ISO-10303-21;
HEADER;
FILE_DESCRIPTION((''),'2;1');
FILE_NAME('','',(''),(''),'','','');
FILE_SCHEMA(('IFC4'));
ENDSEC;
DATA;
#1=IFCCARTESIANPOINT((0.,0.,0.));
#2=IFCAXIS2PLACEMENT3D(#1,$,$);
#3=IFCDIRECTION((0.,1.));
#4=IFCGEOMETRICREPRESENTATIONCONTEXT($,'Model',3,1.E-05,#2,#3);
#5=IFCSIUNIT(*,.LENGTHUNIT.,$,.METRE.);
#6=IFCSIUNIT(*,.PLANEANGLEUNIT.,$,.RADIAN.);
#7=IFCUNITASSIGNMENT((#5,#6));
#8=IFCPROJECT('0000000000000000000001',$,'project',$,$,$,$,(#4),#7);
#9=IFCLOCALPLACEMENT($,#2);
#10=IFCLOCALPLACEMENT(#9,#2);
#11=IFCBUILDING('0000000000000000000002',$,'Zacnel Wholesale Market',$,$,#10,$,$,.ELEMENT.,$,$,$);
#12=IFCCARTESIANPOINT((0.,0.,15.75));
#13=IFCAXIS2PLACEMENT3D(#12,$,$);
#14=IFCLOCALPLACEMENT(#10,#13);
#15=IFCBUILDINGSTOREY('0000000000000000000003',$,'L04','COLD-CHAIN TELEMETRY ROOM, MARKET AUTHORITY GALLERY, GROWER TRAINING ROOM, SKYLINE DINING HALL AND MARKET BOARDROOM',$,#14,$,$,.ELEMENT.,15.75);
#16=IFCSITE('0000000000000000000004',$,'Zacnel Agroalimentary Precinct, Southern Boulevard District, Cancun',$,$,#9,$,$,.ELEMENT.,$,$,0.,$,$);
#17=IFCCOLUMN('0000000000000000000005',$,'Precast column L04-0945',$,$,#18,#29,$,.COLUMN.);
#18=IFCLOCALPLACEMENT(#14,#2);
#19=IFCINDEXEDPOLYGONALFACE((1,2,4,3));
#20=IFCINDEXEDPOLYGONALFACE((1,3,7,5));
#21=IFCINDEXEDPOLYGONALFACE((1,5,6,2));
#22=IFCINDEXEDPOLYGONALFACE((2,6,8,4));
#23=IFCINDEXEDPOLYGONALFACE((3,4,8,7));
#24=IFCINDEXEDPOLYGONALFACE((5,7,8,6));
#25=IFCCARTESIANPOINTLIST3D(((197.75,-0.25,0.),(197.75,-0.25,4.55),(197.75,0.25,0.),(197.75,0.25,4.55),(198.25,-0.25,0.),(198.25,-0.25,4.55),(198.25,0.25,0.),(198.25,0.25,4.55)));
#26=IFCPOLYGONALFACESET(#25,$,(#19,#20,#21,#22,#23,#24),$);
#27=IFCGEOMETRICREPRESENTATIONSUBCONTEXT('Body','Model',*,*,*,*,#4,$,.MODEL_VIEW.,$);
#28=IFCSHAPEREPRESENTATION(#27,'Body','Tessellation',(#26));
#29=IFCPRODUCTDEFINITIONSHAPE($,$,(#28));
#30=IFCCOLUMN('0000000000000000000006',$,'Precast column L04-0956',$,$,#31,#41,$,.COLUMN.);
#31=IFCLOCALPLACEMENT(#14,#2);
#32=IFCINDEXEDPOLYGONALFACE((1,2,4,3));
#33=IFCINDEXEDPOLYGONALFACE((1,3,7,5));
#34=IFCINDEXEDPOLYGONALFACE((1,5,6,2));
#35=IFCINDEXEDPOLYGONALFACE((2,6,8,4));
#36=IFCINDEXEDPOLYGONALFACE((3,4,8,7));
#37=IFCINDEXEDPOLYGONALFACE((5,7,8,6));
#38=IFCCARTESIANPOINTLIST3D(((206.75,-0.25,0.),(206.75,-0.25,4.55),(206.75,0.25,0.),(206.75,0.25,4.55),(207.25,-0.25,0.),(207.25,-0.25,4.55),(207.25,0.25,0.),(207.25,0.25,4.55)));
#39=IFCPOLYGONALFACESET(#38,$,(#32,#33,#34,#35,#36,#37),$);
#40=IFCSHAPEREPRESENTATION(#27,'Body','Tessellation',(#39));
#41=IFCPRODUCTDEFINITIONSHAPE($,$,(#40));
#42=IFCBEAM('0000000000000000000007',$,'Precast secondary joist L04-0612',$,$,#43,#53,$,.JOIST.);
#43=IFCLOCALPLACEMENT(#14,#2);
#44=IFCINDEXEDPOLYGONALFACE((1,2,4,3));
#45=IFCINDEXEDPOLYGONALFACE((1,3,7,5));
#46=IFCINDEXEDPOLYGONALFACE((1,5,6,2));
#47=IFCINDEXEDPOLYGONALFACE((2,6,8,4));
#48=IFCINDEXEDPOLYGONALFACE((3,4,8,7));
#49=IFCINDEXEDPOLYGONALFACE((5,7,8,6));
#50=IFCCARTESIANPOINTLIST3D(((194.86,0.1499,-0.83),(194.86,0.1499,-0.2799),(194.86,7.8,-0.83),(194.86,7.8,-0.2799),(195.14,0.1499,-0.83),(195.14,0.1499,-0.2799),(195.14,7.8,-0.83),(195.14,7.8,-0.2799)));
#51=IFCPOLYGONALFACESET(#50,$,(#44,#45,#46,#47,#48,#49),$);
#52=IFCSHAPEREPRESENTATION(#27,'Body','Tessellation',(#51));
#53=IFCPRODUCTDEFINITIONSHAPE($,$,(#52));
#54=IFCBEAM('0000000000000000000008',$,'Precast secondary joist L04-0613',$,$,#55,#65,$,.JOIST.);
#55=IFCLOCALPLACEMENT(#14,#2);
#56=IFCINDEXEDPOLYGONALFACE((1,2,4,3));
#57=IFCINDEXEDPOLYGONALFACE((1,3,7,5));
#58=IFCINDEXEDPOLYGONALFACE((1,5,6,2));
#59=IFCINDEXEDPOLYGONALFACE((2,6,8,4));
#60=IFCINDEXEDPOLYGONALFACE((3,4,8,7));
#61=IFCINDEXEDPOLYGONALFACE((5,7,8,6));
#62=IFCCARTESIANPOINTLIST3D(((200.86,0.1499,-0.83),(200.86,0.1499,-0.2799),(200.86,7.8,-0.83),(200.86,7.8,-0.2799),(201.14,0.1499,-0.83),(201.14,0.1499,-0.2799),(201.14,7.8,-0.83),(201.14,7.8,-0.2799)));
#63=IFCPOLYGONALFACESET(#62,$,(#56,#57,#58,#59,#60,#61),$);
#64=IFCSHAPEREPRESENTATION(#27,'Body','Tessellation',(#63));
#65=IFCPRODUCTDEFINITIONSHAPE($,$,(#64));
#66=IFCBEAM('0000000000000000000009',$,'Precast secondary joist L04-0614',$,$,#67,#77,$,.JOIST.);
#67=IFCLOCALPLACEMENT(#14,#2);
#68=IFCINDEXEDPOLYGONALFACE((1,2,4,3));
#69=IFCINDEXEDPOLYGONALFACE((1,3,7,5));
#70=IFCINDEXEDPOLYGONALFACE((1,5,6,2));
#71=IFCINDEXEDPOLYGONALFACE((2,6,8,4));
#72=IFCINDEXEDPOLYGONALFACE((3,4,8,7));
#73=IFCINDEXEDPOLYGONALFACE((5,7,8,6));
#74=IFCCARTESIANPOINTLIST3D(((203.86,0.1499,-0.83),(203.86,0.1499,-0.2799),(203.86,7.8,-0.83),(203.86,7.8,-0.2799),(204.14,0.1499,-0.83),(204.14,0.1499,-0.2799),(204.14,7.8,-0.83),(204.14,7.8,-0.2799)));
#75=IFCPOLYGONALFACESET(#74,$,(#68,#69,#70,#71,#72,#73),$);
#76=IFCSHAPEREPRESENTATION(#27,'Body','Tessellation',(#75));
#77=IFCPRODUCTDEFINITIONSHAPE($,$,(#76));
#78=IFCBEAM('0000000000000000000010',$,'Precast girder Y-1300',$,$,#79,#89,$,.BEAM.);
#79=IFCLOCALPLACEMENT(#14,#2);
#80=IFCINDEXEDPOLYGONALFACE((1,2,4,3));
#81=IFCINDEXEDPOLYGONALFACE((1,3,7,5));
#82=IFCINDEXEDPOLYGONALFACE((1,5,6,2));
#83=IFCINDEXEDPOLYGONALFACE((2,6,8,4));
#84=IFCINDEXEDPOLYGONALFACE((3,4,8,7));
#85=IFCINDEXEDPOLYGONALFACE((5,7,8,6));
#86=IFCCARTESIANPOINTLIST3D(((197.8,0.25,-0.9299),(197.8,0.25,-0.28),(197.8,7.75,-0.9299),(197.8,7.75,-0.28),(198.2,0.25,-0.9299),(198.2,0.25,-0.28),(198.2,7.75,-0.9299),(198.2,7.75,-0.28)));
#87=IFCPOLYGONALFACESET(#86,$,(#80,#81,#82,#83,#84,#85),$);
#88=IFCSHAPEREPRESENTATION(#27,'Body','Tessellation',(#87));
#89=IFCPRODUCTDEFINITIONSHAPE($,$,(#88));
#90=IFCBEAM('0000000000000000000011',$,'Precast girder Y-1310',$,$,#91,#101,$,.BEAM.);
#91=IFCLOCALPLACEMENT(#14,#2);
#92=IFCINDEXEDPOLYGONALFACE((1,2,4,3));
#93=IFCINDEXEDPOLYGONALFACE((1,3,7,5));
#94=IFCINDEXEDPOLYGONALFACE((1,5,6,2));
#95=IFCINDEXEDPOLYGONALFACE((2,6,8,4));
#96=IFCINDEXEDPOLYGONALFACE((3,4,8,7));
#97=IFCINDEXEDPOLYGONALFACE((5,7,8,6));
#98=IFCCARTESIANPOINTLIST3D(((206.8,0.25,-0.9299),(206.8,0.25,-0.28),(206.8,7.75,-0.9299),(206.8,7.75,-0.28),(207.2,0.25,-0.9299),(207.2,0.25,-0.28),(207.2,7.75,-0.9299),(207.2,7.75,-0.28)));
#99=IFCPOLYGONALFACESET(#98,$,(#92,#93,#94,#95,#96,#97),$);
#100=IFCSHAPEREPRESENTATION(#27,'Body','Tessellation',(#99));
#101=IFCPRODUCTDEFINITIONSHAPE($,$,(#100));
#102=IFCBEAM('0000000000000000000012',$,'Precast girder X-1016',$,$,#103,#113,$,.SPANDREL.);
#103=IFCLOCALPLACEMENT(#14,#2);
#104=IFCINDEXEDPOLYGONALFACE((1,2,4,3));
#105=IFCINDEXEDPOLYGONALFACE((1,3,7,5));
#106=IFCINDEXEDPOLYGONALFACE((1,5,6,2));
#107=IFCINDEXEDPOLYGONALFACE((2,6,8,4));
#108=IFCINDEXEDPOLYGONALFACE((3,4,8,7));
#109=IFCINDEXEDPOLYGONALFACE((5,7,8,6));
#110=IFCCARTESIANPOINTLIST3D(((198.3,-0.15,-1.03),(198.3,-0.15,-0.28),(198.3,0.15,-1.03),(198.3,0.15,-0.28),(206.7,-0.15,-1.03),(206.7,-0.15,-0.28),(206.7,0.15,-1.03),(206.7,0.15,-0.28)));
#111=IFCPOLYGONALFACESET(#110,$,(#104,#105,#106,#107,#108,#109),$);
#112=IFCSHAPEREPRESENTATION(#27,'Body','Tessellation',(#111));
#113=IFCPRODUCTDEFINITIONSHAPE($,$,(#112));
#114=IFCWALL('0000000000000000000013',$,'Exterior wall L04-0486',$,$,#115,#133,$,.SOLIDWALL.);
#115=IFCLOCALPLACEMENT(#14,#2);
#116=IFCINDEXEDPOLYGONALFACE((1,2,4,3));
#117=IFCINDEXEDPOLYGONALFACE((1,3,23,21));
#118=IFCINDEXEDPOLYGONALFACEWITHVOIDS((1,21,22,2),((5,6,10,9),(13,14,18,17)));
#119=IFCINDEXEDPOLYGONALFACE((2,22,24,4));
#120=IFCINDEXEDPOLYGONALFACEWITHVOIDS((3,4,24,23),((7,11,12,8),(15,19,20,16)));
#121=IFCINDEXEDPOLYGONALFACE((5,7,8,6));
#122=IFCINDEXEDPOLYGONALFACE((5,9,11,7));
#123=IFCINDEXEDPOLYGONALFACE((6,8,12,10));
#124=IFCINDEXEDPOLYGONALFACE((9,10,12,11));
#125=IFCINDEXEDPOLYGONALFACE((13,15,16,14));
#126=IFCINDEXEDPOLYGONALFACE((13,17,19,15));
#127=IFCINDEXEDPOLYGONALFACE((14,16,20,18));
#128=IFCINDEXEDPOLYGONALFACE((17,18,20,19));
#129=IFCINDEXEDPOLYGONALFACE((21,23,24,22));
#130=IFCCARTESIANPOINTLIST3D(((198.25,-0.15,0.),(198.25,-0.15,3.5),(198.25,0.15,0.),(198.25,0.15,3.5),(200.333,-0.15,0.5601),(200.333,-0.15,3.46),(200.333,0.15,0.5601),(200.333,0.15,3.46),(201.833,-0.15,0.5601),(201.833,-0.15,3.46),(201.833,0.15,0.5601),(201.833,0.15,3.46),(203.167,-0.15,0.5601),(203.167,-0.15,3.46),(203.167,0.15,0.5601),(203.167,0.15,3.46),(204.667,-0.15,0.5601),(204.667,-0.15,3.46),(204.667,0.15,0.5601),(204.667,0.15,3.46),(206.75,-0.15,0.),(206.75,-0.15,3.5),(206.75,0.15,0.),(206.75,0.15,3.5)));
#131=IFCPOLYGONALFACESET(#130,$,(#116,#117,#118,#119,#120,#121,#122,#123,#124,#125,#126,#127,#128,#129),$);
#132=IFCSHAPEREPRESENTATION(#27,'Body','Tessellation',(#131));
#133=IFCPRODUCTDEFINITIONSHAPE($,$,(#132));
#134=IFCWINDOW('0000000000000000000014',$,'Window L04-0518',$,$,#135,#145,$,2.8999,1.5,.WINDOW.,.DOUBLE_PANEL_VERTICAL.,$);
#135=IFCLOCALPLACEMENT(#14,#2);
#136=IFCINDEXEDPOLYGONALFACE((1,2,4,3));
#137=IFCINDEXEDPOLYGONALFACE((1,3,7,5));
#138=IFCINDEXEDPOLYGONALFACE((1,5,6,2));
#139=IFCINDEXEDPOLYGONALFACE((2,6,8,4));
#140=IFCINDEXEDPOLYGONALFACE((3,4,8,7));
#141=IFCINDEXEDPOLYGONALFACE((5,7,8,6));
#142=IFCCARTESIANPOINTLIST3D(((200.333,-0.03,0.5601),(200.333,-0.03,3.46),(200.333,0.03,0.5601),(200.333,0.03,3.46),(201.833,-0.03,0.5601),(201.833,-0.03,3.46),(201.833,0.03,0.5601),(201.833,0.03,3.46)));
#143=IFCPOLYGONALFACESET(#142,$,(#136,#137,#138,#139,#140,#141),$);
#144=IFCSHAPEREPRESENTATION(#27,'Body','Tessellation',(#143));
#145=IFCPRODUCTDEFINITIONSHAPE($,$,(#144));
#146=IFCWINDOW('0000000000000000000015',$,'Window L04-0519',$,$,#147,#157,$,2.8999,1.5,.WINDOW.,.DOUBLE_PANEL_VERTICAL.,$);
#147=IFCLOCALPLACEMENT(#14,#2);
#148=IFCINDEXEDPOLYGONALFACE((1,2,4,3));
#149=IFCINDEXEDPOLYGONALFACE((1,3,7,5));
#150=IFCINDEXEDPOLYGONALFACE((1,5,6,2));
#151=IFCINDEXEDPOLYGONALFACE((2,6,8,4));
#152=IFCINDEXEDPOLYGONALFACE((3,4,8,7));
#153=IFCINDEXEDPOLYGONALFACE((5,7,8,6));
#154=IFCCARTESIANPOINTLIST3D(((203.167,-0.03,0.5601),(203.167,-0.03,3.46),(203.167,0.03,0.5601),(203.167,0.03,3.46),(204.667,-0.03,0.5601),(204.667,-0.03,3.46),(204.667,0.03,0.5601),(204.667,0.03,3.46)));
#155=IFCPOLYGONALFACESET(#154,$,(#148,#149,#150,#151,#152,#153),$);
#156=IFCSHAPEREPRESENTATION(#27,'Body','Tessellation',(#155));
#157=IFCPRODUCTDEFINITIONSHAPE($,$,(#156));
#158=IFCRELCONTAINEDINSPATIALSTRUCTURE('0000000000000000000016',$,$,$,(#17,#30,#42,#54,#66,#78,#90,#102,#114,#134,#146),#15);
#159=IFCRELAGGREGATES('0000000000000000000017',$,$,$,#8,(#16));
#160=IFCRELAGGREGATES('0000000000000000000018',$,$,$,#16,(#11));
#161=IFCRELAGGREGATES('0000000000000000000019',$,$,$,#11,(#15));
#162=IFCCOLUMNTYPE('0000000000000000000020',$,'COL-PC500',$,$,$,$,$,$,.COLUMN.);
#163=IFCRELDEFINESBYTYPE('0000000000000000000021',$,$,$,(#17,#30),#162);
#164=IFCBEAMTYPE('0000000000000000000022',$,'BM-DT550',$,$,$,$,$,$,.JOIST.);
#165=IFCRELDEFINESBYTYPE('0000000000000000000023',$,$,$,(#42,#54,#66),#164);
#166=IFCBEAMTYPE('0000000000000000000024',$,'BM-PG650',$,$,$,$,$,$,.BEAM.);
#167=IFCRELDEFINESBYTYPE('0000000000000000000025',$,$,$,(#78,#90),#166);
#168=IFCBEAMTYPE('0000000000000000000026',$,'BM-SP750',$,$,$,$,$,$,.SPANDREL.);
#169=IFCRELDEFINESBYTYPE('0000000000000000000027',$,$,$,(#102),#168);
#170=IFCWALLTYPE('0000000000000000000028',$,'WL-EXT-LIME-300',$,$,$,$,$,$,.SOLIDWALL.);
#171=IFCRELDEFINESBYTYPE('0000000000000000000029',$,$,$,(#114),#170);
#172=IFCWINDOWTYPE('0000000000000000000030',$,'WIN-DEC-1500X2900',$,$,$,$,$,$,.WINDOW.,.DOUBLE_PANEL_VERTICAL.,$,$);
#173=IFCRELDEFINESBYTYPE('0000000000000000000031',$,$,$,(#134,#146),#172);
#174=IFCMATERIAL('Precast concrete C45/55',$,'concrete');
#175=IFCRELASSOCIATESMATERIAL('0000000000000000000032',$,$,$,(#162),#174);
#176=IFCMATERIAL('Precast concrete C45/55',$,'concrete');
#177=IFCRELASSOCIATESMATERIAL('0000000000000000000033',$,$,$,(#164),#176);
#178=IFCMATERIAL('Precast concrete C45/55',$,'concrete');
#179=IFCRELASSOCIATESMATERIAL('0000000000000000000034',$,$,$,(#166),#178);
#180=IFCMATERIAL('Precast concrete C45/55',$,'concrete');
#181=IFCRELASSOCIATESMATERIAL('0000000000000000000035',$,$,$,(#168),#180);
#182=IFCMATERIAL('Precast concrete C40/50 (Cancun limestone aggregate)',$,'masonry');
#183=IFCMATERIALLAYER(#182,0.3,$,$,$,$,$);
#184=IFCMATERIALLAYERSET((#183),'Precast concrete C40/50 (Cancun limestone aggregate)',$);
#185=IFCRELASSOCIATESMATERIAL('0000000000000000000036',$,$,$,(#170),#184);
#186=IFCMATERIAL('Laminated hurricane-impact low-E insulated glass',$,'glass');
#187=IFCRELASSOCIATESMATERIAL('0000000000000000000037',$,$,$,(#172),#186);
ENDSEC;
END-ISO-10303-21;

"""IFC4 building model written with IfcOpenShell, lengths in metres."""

from ifc_helpers import new_model, si_unit, direction, frame, frame_2d, origin, origin_2d, place, context, subcontext, project, spatial, rectangle, extrude, material, layer, layer_set, material_profile, profile_set, type_object, element, fill, save


model = new_model("IFC4")

# Units and contexts
model_context = context("Model", 3, precision=1e-05, world=origin(), true_north=direction((0.0, 1.0)))
body_context = subcontext(model_context, "Body", "Model", "MODEL_VIEW")
ifc_project = project(units=[si_unit("LENGTHUNIT", "METRE"), si_unit("PLANEANGLEUNIT", "RADIAN")], contexts=[model_context])

# Site, building, storey
site_placement = place(None, origin())
site = spatial("IfcSite", under=ifc_project, at=site_placement, Name="Zacnel Agroalimentary Precinct, Southern Boulevard District, Cancun", CompositionType="ELEMENT", RefElevation=0.0)
building_placement = place(site_placement, origin())
building = spatial("IfcBuilding", under=site, at=building_placement, Name="Zacnel Wholesale Market", CompositionType="ELEMENT")
storey_placement = place(building_placement, frame((0.0, 0.0, 15.75)))
storey = spatial("IfcBuildingStorey", under=building, at=storey_placement, Name="L04", Description="COLD-CHAIN TELEMETRY ROOM, MARKET AUTHORITY GALLERY, GROWER TRAINING ROOM, SKYLINE DINING HALL AND MARKET BOARDROOM", CompositionType="ELEMENT", Elevation=15.75)

# Columns
ifc_material_1 = material(Name="Precast concrete C45/55", Category="concrete")
ifc_material_profile_1 = material_profile(ifc_material_1, rectangle(XDim=0.5, YDim=0.5, at=origin_2d()), Name="PC 500x500")
ifc_profile_set_1 = profile_set([ifc_material_profile_1], Name="Precast concrete C45/55")
column_type = type_object("IfcColumnType", Name="COL-PC500", PredefinedType="COLUMN", material=ifc_profile_set_1)
for number, where, z_axis, x_axis, name in (
    (1, (198.0, 0.0, 0.0), (0.0, 0.0, 1.0), (1.0, 0.0, 0.0), "Precast column L04-0945"),
    (2, (207.0, 0.0, 0.0), (0.0, 0.0, 1.0), (1.0, 0.0, 0.0), "Precast column L04-0956"),
):
    element("IfcColumn", number, at=place(storey_placement, frame(where, z_axis=z_axis, x_axis=x_axis)), inside=storey, type_object=column_type, Name=name, PredefinedType="COLUMN", context=body_context, shape_type="SweptSolid", body=[
        extrude(rectangle(XDim=0.5, YDim=0.5, at=origin_2d()), origin(), (0.0, 0.0, 1.0), 4.55),
    ])

# Beams
ifc_material_2 = material(Name="Precast concrete C45/55", Category="concrete")
ifc_material_profile_2 = material_profile(ifc_material_2, rectangle(XDim=0.28, YDim=0.55, at=origin_2d()), Name="DT RIB 280x550")
ifc_profile_set_2 = profile_set([ifc_material_profile_2], Name="Precast concrete C45/55")
beam_type_1 = type_object("IfcBeamType", Name="BM-DT550", PredefinedType="JOIST", material=ifc_profile_set_2)
for number, where, z_axis, x_axis, name in (
    (3, (195.0, 0.1499, -0.5549), (0.0, 1.0, 0.0), (-1.0, 0.0, 0.0), "Precast secondary joist L04-0612"),
    (4, (201.0, 0.1499, -0.5549), (0.0, 1.0, 0.0), (-1.0, 0.0, 0.0), "Precast secondary joist L04-0613"),
    (5, (204.0, 0.1499, -0.5549), (0.0, 1.0, 0.0), (-1.0, 0.0, 0.0), "Precast secondary joist L04-0614"),
):
    element("IfcBeam", number, at=place(storey_placement, frame(where, z_axis=z_axis, x_axis=x_axis)), inside=storey, type_object=beam_type_1, Name=name, PredefinedType="JOIST", context=body_context, shape_type="SweptSolid", body=[
        extrude(rectangle(XDim=0.28, YDim=0.55, at=origin_2d()), origin(), (0.0, 0.0, 1.0), 7.6501),
    ])
ifc_material_3 = material(Name="Precast concrete C45/55", Category="concrete")
ifc_material_profile_3 = material_profile(ifc_material_3, rectangle(XDim=0.3999, YDim=0.6499, at=origin_2d()), Name="PG 400x650")
ifc_profile_set_3 = profile_set([ifc_material_profile_3], Name="Precast concrete C45/55")
beam_type_2 = type_object("IfcBeamType", Name="BM-PG650", PredefinedType="BEAM", material=ifc_profile_set_3)
for number, where, z_axis, x_axis, name in (
    (6, (198.0, 0.25, -0.605), (0.0, 1.0, 0.0), (-1.0, 0.0, 0.0), "Precast girder Y-1300"),
    (7, (207.0, 0.25, -0.605), (0.0, 1.0, 0.0), (-1.0, 0.0, 0.0), "Precast girder Y-1310"),
):
    element("IfcBeam", number, at=place(storey_placement, frame(where, z_axis=z_axis, x_axis=x_axis)), inside=storey, type_object=beam_type_2, Name=name, PredefinedType="BEAM", context=body_context, shape_type="SweptSolid", body=[
        extrude(rectangle(XDim=0.3999, YDim=0.6499, at=origin_2d()), origin(), (0.0, 0.0, 1.0), 7.5),
    ])
ifc_material_4 = material(Name="Precast concrete C45/55", Category="concrete")
ifc_material_profile_4 = material_profile(ifc_material_4, rectangle(XDim=0.3, YDim=0.75, at=origin_2d()), Name="SP 300x750")
ifc_profile_set_4 = profile_set([ifc_material_profile_4], Name="Precast concrete C45/55")
beam_type_3 = type_object("IfcBeamType", Name="BM-SP750", PredefinedType="SPANDREL", material=ifc_profile_set_4)
beam_placement = place(storey_placement, frame((198.3, 0.0, -0.655), z_axis=(1.0, 0.0, 0.0), x_axis=(0.0, 1.0, 0.0)))
element("IfcBeam", 8, at=beam_placement, inside=storey, type_object=beam_type_3, Name="Precast girder X-1016", PredefinedType="SPANDREL", context=body_context, shape_type="SweptSolid", body=[
    extrude(rectangle(XDim=0.3, YDim=0.75, at=origin_2d()), origin(), (0.0, 0.0, 1.0), 8.3999),
])

# Wall, openings, windows
ifc_material_5 = material(Name="Precast concrete C40/50 (Cancun limestone aggregate)", Category="masonry")
ifc_layer_1 = layer(ifc_material_5, 0.3)
ifc_layer_set_1 = layer_set([ifc_layer_1], Name="Precast concrete C40/50 (Cancun limestone aggregate)")
wall_type = type_object("IfcWallType", Name="WL-EXT-LIME-300", PredefinedType="SOLIDWALL", material=ifc_layer_set_1)
wall_1_placement = place(storey_placement, frame((198.25, 0.0, 0.0), z_axis=(0.0, 0.0, 1.0), x_axis=(1.0, 0.0, 0.0)))
wall_1 = element("IfcWall", 9, at=wall_1_placement, inside=storey, type_object=wall_type, Name="Exterior wall L04-0486", PredefinedType="SOLIDWALL", context=body_context, shape_type="SweptSolid", body=[
    extrude(rectangle(XDim=8.5, YDim=0.3, at=frame_2d((4.25, 0.0))), origin(), (0.0, 0.0, 1.0), 3.5),
])
opening_1_placement = place(wall_1_placement, frame((2.083, 0.0, 0.5601)))
opening_1 = element("IfcOpeningElement", 10, at=opening_1_placement, cuts=wall_1, PredefinedType="OPENING", context=body_context, shape_type="SweptSolid", body=[
    extrude(rectangle(XDim=1.5, YDim=2.8999, at=frame_2d((0.75, 1.45))), frame((0.0, 0.1599, 0.0), z_axis=(0.0, -1.0, 0.0), x_axis=(1.0, 0.0, 0.0)), (0.0, 0.0, 1.0), 0.3201),
])
opening_2_placement = place(wall_1_placement, frame((4.917, 0.0, 0.5601)))
opening_2 = element("IfcOpeningElement", 11, at=opening_2_placement, cuts=wall_1, PredefinedType="OPENING", context=body_context, shape_type="SweptSolid", body=[
    extrude(rectangle(XDim=1.5, YDim=2.8999, at=frame_2d((0.75, 1.45))), frame((0.0, 0.1599, 0.0), z_axis=(0.0, -1.0, 0.0), x_axis=(1.0, 0.0, 0.0)), (0.0, 0.0, 1.0), 0.3201),
])
ifc_material_6 = material(Name="Laminated hurricane-impact low-E insulated glass", Category="glass")
window_type = type_object("IfcWindowType", Name="WIN-DEC-1500X2900", PartitioningType="DOUBLE_PANEL_VERTICAL", PredefinedType="WINDOW", material=ifc_material_6)
window_1_placement = place(opening_1_placement, origin())
window_1 = element("IfcWindow", 12, at=window_1_placement, inside=storey, type_object=window_type, Name="Window L04-0518", OverallHeight=2.8999, OverallWidth=1.5, PartitioningType="DOUBLE_PANEL_VERTICAL", PredefinedType="WINDOW", context=body_context, shape_type="SweptSolid", body=[
    extrude(rectangle(XDim=1.5, YDim=2.8999, at=frame_2d((0.75, 1.45))), frame((0.0, 0.03, 0.0), z_axis=(0.0, -1.0, 0.0), x_axis=(1.0, 0.0, 0.0)), (0.0, 0.0, 1.0), 0.0601),
])
fill(opening_1, window_1)
window_2_placement = place(opening_2_placement, origin())
window_2 = element("IfcWindow", 13, at=window_2_placement, inside=storey, type_object=window_type, Name="Window L04-0519", OverallHeight=2.8999, OverallWidth=1.5, PartitioningType="DOUBLE_PANEL_VERTICAL", PredefinedType="WINDOW", context=body_context, shape_type="SweptSolid", body=[
    extrude(rectangle(XDim=1.5, YDim=2.8999, at=frame_2d((0.75, 1.45))), frame((0.0, 0.03, 0.0), z_axis=(0.0, -1.0, 0.0), x_axis=(1.0, 0.0, 0.0)), (0.0, 0.0, 1.0), 0.0601),
])
fill(opening_2, window_2)

save(model, "model.ifc")
